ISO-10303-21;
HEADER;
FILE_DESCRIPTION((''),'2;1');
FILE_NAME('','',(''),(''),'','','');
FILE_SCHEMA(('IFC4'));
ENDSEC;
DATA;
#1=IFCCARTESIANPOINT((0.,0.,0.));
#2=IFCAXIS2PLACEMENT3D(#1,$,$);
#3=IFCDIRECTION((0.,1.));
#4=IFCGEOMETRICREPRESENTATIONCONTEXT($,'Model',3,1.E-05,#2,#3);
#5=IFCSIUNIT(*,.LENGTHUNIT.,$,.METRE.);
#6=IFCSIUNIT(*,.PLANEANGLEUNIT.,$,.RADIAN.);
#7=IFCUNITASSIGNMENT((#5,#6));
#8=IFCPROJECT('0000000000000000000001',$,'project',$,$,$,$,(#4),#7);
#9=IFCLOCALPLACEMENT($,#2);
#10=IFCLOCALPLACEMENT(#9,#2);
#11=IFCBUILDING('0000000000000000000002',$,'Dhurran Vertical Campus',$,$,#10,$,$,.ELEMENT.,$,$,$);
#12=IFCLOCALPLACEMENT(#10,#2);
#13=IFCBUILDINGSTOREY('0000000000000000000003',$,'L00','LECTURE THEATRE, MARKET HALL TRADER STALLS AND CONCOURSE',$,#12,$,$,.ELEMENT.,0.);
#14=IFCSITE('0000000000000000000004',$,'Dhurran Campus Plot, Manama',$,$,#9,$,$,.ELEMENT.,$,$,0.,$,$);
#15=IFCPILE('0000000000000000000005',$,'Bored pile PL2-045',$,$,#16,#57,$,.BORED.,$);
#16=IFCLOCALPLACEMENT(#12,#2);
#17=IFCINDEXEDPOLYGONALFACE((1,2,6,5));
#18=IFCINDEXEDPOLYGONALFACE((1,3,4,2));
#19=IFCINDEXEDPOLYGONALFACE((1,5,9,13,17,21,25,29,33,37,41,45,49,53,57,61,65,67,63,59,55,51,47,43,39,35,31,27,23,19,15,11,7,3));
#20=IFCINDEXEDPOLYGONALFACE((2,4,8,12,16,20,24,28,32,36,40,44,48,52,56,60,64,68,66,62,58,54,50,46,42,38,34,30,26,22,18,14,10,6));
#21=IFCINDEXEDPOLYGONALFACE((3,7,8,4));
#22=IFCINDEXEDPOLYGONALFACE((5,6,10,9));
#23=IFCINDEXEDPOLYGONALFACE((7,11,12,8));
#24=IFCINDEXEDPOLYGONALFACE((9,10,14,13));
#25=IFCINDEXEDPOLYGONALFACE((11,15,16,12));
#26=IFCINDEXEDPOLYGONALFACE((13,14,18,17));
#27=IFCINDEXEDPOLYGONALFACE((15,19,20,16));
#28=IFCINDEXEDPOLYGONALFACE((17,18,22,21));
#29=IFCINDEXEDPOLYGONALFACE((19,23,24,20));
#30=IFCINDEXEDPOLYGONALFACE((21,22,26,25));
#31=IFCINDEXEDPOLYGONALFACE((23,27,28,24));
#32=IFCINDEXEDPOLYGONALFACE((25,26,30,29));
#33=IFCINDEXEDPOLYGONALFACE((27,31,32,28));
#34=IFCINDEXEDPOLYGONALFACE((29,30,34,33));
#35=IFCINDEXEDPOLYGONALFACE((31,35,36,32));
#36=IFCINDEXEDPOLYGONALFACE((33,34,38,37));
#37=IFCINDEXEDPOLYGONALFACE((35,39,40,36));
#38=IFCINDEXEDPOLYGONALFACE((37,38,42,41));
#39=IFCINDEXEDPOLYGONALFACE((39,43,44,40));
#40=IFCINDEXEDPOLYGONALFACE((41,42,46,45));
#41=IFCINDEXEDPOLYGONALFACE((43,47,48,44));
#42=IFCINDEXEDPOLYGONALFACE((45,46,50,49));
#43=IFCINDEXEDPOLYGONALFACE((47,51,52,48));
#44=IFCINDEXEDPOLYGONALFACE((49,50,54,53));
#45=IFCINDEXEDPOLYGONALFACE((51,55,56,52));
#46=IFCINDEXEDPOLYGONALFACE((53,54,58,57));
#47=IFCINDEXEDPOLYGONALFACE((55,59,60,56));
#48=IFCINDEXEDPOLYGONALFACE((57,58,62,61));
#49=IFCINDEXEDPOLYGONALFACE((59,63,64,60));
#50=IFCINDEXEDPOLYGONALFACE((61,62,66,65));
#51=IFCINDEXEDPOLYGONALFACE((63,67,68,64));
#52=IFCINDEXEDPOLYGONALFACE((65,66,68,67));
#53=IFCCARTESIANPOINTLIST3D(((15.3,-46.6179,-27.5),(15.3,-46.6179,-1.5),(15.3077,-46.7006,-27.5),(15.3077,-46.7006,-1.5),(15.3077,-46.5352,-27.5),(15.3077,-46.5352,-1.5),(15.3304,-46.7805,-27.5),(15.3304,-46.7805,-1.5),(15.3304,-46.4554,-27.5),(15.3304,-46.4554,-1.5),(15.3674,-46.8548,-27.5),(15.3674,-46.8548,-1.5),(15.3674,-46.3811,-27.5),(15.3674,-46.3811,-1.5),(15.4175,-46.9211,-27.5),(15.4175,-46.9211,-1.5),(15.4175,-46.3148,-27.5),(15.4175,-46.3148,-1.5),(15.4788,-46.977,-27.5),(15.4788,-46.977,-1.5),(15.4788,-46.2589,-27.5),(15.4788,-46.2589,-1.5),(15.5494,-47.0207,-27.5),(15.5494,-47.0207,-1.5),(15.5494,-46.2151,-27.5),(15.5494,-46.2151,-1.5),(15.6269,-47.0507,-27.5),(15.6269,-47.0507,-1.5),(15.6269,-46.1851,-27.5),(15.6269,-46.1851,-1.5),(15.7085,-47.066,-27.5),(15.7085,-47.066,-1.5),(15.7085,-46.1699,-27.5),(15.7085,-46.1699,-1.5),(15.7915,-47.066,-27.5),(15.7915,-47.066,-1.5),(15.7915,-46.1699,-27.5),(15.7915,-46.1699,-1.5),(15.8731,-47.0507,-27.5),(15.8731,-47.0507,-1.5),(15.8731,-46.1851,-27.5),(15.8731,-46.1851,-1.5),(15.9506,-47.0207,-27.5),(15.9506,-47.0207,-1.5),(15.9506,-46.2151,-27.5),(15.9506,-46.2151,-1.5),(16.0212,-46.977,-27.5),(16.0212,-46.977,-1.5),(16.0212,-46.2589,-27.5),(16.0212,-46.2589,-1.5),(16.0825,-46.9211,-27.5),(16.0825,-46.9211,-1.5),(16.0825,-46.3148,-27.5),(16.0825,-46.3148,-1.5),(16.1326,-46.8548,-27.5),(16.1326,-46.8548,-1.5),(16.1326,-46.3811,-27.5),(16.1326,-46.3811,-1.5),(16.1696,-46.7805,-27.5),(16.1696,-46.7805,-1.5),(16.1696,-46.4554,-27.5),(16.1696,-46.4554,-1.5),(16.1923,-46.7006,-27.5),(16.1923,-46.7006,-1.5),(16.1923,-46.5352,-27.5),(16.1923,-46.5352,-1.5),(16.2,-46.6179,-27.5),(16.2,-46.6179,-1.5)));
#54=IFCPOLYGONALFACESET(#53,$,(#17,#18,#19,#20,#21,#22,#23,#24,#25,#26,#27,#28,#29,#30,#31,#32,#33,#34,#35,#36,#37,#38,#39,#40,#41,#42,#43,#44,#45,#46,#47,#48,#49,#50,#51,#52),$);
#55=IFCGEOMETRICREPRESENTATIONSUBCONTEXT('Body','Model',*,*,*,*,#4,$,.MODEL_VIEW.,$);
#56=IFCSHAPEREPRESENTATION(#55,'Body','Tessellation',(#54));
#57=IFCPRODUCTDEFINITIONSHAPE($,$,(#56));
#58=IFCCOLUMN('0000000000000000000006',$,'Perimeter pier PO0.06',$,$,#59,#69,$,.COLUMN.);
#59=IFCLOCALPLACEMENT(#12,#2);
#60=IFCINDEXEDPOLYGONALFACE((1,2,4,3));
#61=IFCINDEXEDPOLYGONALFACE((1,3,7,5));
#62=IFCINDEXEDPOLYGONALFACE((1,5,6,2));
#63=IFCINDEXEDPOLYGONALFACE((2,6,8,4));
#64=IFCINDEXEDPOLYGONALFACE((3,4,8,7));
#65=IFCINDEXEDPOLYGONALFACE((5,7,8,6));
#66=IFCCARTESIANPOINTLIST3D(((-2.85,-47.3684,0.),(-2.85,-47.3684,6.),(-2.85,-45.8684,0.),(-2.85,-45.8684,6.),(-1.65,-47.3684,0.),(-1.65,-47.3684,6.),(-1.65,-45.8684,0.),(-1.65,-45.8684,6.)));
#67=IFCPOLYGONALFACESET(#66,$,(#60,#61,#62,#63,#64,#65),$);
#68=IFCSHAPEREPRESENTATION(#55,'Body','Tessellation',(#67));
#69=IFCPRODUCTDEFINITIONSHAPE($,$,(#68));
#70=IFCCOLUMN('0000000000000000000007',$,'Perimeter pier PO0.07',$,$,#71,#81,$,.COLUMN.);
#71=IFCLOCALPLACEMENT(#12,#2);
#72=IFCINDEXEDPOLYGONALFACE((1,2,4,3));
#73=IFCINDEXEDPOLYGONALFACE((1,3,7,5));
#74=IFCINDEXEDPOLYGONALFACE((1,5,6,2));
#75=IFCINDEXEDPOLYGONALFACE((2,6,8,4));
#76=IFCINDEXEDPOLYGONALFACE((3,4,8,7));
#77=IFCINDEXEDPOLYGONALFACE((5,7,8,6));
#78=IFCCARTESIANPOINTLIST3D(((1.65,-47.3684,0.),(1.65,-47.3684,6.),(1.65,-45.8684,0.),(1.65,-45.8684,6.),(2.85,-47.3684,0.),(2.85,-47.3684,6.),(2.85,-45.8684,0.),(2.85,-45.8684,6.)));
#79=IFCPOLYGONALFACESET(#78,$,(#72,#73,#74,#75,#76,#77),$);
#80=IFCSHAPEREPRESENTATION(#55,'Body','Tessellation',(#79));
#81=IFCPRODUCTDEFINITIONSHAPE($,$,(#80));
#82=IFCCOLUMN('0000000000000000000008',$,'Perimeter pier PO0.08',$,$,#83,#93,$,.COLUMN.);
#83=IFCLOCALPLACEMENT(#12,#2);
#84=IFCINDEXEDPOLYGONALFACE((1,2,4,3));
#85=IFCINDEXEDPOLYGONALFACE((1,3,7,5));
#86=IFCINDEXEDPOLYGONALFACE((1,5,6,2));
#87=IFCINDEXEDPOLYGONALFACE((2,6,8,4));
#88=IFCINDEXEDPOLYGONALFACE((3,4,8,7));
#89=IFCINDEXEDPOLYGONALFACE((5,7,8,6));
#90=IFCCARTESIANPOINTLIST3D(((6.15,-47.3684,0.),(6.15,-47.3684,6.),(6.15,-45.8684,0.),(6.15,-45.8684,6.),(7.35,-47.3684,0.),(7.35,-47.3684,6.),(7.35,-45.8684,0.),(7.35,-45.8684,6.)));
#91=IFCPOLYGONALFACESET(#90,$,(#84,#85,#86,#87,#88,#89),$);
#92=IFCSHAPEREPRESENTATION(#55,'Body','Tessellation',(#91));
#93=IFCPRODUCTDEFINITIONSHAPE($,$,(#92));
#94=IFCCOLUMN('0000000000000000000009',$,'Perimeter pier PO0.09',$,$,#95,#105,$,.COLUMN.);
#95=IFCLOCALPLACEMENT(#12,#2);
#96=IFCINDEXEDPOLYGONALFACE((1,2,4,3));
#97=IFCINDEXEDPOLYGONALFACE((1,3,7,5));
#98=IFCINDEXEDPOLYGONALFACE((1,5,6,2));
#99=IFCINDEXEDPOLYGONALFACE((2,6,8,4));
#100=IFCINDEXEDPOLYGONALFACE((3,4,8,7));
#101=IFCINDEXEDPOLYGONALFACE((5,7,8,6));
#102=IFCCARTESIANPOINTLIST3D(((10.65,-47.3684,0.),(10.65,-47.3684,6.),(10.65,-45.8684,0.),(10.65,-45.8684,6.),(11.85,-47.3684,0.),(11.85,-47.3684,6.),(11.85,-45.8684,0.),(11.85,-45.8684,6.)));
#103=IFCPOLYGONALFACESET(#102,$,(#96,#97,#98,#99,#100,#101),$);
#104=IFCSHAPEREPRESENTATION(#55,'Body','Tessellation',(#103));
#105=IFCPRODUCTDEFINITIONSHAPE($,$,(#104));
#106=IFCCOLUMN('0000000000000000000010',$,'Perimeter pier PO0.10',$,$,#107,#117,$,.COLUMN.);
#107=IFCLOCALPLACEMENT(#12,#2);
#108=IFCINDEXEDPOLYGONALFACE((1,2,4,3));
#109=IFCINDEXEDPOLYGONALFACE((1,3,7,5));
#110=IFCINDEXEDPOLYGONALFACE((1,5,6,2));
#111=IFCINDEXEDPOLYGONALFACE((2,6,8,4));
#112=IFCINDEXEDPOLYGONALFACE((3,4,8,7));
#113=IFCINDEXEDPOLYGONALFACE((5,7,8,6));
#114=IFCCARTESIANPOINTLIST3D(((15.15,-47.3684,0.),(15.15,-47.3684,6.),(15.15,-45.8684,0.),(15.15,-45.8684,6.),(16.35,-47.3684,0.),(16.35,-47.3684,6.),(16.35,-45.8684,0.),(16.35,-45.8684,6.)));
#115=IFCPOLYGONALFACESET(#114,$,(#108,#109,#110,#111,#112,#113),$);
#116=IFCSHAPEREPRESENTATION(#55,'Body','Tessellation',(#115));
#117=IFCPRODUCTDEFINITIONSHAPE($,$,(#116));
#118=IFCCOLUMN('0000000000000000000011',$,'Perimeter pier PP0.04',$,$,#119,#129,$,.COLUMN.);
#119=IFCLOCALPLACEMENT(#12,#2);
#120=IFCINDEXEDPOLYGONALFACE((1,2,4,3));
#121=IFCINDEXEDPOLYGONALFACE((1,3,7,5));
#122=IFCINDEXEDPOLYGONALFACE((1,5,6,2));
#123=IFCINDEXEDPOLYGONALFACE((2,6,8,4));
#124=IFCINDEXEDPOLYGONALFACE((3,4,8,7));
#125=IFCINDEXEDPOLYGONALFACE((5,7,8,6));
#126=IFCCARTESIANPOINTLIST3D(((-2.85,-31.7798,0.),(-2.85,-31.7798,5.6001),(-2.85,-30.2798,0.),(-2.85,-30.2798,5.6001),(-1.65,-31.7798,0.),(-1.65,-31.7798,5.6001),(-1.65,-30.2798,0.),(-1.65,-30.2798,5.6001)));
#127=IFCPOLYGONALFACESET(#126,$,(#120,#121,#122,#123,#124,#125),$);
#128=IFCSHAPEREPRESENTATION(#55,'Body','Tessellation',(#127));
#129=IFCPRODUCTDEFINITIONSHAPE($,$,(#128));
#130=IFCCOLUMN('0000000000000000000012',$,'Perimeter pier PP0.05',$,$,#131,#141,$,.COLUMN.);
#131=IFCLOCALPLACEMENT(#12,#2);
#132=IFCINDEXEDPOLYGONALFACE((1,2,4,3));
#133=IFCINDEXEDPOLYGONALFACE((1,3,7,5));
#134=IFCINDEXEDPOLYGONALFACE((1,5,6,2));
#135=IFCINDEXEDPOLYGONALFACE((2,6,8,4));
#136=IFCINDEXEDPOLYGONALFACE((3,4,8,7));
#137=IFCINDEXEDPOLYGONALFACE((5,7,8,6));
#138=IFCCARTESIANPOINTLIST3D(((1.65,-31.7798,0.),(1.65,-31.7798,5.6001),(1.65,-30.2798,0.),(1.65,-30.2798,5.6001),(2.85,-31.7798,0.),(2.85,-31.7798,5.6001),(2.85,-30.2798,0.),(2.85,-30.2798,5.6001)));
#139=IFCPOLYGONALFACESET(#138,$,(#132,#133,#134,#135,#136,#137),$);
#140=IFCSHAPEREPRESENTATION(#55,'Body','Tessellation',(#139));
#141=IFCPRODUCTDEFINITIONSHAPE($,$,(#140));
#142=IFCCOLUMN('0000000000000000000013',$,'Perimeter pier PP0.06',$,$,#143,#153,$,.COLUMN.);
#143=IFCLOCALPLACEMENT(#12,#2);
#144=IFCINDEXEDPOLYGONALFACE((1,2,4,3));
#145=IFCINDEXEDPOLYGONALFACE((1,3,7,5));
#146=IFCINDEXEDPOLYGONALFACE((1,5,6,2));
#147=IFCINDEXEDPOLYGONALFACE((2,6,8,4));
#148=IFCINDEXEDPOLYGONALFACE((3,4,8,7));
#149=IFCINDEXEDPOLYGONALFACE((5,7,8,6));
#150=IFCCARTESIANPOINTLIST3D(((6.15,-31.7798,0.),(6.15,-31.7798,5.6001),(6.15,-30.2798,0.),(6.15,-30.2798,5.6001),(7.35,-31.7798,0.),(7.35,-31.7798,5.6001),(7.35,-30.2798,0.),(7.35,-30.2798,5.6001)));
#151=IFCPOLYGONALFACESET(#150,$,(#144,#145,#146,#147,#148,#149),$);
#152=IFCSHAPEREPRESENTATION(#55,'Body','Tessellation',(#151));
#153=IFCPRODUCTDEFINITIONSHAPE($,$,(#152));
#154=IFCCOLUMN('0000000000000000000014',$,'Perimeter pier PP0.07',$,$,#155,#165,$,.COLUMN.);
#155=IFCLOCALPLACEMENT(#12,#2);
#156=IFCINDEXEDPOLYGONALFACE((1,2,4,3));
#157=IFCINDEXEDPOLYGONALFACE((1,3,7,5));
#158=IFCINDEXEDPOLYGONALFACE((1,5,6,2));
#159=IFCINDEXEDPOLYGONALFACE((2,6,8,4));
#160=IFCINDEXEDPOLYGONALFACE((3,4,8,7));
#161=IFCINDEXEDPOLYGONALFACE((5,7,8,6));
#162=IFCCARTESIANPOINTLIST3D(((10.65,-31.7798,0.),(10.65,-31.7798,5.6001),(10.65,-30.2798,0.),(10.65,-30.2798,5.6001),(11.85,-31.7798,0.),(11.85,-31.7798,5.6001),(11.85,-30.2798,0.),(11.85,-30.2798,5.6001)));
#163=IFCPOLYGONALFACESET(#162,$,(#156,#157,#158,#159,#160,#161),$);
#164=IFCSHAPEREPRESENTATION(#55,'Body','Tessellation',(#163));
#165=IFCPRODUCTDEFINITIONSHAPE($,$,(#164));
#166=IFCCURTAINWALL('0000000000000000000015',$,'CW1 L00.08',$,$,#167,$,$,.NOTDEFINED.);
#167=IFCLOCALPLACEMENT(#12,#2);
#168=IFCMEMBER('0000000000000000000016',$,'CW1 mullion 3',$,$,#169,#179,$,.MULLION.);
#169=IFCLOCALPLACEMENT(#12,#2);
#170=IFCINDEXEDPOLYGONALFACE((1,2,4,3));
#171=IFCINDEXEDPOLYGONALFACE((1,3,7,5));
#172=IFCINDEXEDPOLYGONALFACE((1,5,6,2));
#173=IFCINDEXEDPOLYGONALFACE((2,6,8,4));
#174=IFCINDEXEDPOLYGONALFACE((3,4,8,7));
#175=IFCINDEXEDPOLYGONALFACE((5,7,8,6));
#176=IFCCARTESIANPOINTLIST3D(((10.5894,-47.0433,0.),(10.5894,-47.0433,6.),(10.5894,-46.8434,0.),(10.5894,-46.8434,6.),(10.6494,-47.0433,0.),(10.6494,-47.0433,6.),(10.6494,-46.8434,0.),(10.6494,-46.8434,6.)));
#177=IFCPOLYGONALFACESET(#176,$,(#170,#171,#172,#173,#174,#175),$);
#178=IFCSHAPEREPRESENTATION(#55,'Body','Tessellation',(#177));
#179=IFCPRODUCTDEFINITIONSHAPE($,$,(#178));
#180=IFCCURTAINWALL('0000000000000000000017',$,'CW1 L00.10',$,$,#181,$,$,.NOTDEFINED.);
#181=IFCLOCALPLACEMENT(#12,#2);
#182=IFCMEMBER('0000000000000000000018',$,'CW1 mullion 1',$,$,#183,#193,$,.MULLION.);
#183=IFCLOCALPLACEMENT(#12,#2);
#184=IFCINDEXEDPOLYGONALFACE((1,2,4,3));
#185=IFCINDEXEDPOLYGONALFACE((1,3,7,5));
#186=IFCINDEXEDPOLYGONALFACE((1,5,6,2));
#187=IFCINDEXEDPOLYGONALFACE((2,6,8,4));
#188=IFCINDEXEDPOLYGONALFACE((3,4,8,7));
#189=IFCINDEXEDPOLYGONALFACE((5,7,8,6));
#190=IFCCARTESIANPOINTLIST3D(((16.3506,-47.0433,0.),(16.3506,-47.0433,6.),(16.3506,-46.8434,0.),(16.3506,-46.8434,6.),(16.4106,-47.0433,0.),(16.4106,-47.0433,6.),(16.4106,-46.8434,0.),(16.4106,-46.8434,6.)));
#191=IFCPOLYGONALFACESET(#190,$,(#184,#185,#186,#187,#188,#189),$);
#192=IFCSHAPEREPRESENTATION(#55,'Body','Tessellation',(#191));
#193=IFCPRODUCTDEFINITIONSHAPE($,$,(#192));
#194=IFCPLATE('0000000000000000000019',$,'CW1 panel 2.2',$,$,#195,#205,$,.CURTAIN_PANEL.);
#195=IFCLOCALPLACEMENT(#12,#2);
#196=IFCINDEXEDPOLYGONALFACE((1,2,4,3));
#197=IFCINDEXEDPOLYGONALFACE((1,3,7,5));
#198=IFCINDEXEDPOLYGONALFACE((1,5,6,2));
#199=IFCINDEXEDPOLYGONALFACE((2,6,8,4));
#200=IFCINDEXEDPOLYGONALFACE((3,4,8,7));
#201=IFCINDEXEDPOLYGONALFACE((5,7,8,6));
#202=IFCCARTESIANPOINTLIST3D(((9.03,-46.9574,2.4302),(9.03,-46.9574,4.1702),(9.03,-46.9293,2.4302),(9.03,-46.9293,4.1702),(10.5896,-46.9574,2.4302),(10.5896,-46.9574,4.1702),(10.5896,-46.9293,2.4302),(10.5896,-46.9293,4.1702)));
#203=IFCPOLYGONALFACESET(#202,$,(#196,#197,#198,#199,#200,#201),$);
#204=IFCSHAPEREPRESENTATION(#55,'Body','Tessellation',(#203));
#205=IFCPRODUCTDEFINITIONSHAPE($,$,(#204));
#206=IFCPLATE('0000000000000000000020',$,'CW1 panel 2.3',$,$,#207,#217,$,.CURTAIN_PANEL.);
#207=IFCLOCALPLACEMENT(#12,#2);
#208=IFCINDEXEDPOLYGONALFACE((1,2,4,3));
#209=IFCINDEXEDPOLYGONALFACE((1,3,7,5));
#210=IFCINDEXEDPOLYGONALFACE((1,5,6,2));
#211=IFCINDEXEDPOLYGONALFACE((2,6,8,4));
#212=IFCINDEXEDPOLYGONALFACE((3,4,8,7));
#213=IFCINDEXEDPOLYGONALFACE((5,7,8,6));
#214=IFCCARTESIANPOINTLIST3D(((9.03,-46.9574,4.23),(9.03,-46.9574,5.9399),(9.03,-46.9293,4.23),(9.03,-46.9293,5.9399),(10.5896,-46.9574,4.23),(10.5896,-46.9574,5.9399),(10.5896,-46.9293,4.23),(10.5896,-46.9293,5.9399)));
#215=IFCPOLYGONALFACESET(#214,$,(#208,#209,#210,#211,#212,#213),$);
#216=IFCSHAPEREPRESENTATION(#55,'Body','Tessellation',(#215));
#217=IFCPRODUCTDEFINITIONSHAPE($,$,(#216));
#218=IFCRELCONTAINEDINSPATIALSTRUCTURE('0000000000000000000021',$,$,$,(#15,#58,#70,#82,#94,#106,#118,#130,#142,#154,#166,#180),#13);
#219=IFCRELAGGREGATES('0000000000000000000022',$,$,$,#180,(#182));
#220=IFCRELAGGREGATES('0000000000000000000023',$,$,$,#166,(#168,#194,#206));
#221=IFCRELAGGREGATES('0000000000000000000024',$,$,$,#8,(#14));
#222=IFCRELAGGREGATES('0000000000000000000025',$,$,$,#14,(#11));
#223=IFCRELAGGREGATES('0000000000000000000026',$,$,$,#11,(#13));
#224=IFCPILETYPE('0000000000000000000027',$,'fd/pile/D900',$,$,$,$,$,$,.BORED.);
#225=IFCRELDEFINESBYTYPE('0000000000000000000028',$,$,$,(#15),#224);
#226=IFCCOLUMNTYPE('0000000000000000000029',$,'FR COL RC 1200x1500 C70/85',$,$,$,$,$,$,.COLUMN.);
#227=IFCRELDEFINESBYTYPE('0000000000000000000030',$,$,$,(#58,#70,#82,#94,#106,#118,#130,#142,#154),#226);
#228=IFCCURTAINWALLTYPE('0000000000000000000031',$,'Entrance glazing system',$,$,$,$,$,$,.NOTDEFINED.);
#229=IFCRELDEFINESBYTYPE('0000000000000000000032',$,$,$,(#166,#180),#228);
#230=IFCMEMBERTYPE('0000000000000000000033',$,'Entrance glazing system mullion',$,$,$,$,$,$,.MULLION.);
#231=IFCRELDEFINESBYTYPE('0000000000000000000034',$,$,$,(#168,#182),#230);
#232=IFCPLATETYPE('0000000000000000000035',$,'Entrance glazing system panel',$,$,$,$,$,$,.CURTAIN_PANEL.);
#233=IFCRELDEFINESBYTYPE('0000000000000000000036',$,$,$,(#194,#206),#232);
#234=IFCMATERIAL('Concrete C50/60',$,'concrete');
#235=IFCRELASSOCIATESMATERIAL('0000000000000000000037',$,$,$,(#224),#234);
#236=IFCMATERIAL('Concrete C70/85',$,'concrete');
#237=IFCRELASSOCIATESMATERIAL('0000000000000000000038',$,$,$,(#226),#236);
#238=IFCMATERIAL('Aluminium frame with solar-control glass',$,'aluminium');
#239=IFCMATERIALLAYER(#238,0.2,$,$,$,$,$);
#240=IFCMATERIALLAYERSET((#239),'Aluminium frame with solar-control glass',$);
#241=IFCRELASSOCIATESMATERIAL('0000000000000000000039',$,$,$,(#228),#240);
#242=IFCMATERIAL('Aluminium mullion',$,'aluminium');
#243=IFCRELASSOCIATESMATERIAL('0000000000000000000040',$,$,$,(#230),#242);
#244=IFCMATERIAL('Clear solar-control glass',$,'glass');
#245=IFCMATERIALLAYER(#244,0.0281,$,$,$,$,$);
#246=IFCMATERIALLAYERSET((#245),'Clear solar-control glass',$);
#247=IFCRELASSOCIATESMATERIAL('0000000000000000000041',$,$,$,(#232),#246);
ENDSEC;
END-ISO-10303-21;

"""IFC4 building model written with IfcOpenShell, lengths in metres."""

from ifc_helpers import new_model, si_unit, direction, frame, origin, origin_2d, place, context, subcontext, project, spatial, rectangle, circle, extrude, material, layer, layer_set, material_profile, profile_set, type_object, element, aggregate, save


model = new_model("IFC4")

# Units and contexts
model_context = context("Model", 3, precision=1e-05, world=origin(), true_north=direction((0.0, 1.0)))
body_context = subcontext(model_context, "Body", "Model", "MODEL_VIEW")
ifc_project = project(units=[si_unit("LENGTHUNIT", "METRE"), si_unit("PLANEANGLEUNIT", "RADIAN")], contexts=[model_context])

# Site, building, storey
site_placement = place(None, origin())
site = spatial("IfcSite", under=ifc_project, at=site_placement, Name="Dhurran Campus Plot, Manama", CompositionType="ELEMENT", RefElevation=0.0)
building_placement = place(site_placement, origin())
building = spatial("IfcBuilding", under=site, at=building_placement, Name="Dhurran Vertical Campus", CompositionType="ELEMENT")
storey_placement = place(building_placement, origin())
storey = spatial("IfcBuildingStorey", under=building, at=storey_placement, Name="L00", Description="LECTURE THEATRE, MARKET HALL TRADER STALLS AND CONCOURSE", CompositionType="ELEMENT", Elevation=0.0)

# Pile
ifc_material_1 = material(Name="Concrete C50/60", Category="concrete")
ifc_material_profile_1 = material_profile(ifc_material_1, circle(Radius=0.45, at=origin_2d()), Name="fd/pile/D900")
ifc_profile_set_1 = profile_set([ifc_material_profile_1], Name="Concrete C50/60")
pile_type = type_object("IfcPileType", Name="fd/pile/D900", PredefinedType="BORED", material=ifc_profile_set_1)
for number, where, z_axis, x_axis, name in (
    (1, (15.75, -46.6179, -1.5), (0.0, 0.0, -1.0), (1.0, 0.0, 0.0), "Bored pile PL2-045"),
):
    element("IfcPile", number, at=place(storey_placement, frame(where, z_axis=z_axis, x_axis=x_axis)), inside=storey, type_object=pile_type, Name=name, PredefinedType="BORED", context=body_context, shape_type="SweptSolid", body=[
        extrude(circle(Radius=0.45, at=origin_2d()), origin(), (0.0, 0.0, 1.0), 26.0),
    ])

# Columns
ifc_material_2 = material(Name="Concrete C70/85", Category="concrete")
ifc_material_profile_2 = material_profile(ifc_material_2, rectangle(XDim=1.2, YDim=1.5, at=origin_2d()), Name="RC 1200x1500")
ifc_profile_set_2 = profile_set([ifc_material_profile_2], Name="Concrete C70/85")
column_type = type_object("IfcColumnType", Name="FR COL RC 1200x1500 C70/85", PredefinedType="COLUMN", material=ifc_profile_set_2)
for number, where, z_axis, x_axis, name in (
    (2, (-2.25, -46.6184, 0.0), (0.0, 0.0, 1.0), (1.0, 0.0, 0.0), "Perimeter pier PO0.06"),
    (3, (2.25, -46.6184, 0.0), (0.0, 0.0, 1.0), (1.0, 0.0, 0.0), "Perimeter pier PO0.07"),
    (4, (6.75, -46.6184, 0.0), (0.0, 0.0, 1.0), (1.0, 0.0, 0.0), "Perimeter pier PO0.08"),
    (5, (11.25, -46.6184, 0.0), (0.0, 0.0, 1.0), (1.0, 0.0, 0.0), "Perimeter pier PO0.09"),
    (6, (15.75, -46.6184, 0.0), (0.0, 0.0, 1.0), (1.0, 0.0, 0.0), "Perimeter pier PO0.10"),
):
    element("IfcColumn", number, at=place(storey_placement, frame(where, z_axis=z_axis, x_axis=x_axis)), inside=storey, type_object=column_type, Name=name, PredefinedType="COLUMN", context=body_context, shape_type="SweptSolid", body=[
        extrude(rectangle(XDim=1.2, YDim=1.5, at=origin_2d()), origin(), (0.0, 0.0, 1.0), 6.0),
    ])
for number, where, z_axis, x_axis, name in (
    (7, (-2.25, -31.0298, 0.0), (0.0, 0.0, 1.0), (1.0, 0.0, 0.0), "Perimeter pier PP0.04"),
    (8, (2.25, -31.0298, 0.0), (0.0, 0.0, 1.0), (1.0, 0.0, 0.0), "Perimeter pier PP0.05"),
    (9, (6.75, -31.0298, 0.0), (0.0, 0.0, 1.0), (1.0, 0.0, 0.0), "Perimeter pier PP0.06"),
    (10, (11.25, -31.0298, 0.0), (0.0, 0.0, 1.0), (1.0, 0.0, 0.0), "Perimeter pier PP0.07"),
):
    element("IfcColumn", number, at=place(storey_placement, frame(where, z_axis=z_axis, x_axis=x_axis)), inside=storey, type_object=column_type, Name=name, PredefinedType="COLUMN", context=body_context, shape_type="SweptSolid", body=[
        extrude(rectangle(XDim=1.2, YDim=1.5, at=origin_2d()), origin(), (0.0, 0.0, 1.0), 5.6001),
    ])

# Curtain walls, members
ifc_material_3 = material(Name="Aluminium frame with solar-control glass", Category="aluminium")
ifc_layer_1 = layer(ifc_material_3, 0.2)
ifc_layer_set_1 = layer_set([ifc_layer_1], Name="Aluminium frame with solar-control glass")
curtain_wall_type = type_object("IfcCurtainWallType", Name="Entrance glazing system", PredefinedType="NOTDEFINED", material=ifc_layer_set_1)
curtain_wall_1_placement = place(storey_placement, origin())
curtain_wall_1 = element("IfcCurtainWall", 11, at=curtain_wall_1_placement, inside=storey, type_object=curtain_wall_type, Name="CW1 L00.08", PredefinedType="NOTDEFINED")
ifc_material_4 = material(Name="Aluminium mullion", Category="aluminium")
ifc_material_profile_3 = material_profile(ifc_material_4, rectangle(XDim=0.2, YDim=0.0601, at=origin_2d()), Name="Entrance glazing system mullion")
ifc_profile_set_3 = profile_set([ifc_material_profile_3], Name="Aluminium mullion")
member_type = type_object("IfcMemberType", Name="Entrance glazing system mullion", PredefinedType="MULLION", material=ifc_profile_set_3)
member_1_placement = place(storey_placement, frame((10.6194, -46.9434, 0.0), z_axis=(0.0, 0.0, 1.0), x_axis=(0.0, 1.0, 0.0)))
member_1 = element("IfcMember", 12, at=member_1_placement, type_object=member_type, Name="CW1 mullion 3", PredefinedType="MULLION", context=body_context, shape_type="SweptSolid", body=[
    extrude(rectangle(XDim=0.2, YDim=0.0601, at=origin_2d()), origin(), (0.0, 0.0, 1.0), 6.0),
])
curtain_wall_2_placement = place(storey_placement, origin())
curtain_wall_2 = element("IfcCurtainWall", 13, at=curtain_wall_2_placement, inside=storey, type_object=curtain_wall_type, Name="CW1 L00.10", PredefinedType="NOTDEFINED")
member_2_placement = place(storey_placement, frame((16.3806, -46.9434, 0.0), z_axis=(0.0, 0.0, 1.0), x_axis=(0.0, 1.0, 0.0)))
member_2 = element("IfcMember", 14, at=member_2_placement, type_object=member_type, Name="CW1 mullion 1", PredefinedType="MULLION", context=body_context, shape_type="SweptSolid", body=[
    extrude(rectangle(XDim=0.2, YDim=0.0601, at=origin_2d()), origin(), (0.0, 0.0, 1.0), 6.0),
])
aggregate(curtain_wall_2, [member_2])

# Plates
ifc_material_5 = material(Name="Clear solar-control glass", Category="glass")
ifc_layer_2 = layer(ifc_material_5, 0.0281)
ifc_layer_set_2 = layer_set([ifc_layer_2], Name="Clear solar-control glass")
plate_type = type_object("IfcPlateType", Name="Entrance glazing system panel", PredefinedType="CURTAIN_PANEL", material=ifc_layer_set_2)
plate_1_placement = place(storey_placement, frame((9.8098, -46.9434, 2.4302), z_axis=(0.0, 0.0, 1.0), x_axis=(1.0, 0.0, 0.0)))
plate_1 = element("IfcPlate", 15, at=plate_1_placement, type_object=plate_type, Name="CW1 panel 2.2", PredefinedType="CURTAIN_PANEL", context=body_context, shape_type="SweptSolid", body=[
    extrude(rectangle(XDim=1.5596, YDim=0.0281, at=origin_2d()), origin(), (0.0, 0.0, 1.0), 1.74),
])
plate_2_placement = place(storey_placement, frame((9.8098, -46.9434, 4.23), z_axis=(0.0, 0.0, 1.0), x_axis=(1.0, 0.0, 0.0)))
plate_2 = element("IfcPlate", 16, at=plate_2_placement, type_object=plate_type, Name="CW1 panel 2.3", PredefinedType="CURTAIN_PANEL", context=body_context, shape_type="SweptSolid", body=[
    extrude(rectangle(XDim=1.5596, YDim=0.0281, at=origin_2d()), origin(), (0.0, 0.0, 1.0), 1.71),
])
aggregate(curtain_wall_1, [member_1, plate_1, plate_2])

save(model, "model.ifc")
